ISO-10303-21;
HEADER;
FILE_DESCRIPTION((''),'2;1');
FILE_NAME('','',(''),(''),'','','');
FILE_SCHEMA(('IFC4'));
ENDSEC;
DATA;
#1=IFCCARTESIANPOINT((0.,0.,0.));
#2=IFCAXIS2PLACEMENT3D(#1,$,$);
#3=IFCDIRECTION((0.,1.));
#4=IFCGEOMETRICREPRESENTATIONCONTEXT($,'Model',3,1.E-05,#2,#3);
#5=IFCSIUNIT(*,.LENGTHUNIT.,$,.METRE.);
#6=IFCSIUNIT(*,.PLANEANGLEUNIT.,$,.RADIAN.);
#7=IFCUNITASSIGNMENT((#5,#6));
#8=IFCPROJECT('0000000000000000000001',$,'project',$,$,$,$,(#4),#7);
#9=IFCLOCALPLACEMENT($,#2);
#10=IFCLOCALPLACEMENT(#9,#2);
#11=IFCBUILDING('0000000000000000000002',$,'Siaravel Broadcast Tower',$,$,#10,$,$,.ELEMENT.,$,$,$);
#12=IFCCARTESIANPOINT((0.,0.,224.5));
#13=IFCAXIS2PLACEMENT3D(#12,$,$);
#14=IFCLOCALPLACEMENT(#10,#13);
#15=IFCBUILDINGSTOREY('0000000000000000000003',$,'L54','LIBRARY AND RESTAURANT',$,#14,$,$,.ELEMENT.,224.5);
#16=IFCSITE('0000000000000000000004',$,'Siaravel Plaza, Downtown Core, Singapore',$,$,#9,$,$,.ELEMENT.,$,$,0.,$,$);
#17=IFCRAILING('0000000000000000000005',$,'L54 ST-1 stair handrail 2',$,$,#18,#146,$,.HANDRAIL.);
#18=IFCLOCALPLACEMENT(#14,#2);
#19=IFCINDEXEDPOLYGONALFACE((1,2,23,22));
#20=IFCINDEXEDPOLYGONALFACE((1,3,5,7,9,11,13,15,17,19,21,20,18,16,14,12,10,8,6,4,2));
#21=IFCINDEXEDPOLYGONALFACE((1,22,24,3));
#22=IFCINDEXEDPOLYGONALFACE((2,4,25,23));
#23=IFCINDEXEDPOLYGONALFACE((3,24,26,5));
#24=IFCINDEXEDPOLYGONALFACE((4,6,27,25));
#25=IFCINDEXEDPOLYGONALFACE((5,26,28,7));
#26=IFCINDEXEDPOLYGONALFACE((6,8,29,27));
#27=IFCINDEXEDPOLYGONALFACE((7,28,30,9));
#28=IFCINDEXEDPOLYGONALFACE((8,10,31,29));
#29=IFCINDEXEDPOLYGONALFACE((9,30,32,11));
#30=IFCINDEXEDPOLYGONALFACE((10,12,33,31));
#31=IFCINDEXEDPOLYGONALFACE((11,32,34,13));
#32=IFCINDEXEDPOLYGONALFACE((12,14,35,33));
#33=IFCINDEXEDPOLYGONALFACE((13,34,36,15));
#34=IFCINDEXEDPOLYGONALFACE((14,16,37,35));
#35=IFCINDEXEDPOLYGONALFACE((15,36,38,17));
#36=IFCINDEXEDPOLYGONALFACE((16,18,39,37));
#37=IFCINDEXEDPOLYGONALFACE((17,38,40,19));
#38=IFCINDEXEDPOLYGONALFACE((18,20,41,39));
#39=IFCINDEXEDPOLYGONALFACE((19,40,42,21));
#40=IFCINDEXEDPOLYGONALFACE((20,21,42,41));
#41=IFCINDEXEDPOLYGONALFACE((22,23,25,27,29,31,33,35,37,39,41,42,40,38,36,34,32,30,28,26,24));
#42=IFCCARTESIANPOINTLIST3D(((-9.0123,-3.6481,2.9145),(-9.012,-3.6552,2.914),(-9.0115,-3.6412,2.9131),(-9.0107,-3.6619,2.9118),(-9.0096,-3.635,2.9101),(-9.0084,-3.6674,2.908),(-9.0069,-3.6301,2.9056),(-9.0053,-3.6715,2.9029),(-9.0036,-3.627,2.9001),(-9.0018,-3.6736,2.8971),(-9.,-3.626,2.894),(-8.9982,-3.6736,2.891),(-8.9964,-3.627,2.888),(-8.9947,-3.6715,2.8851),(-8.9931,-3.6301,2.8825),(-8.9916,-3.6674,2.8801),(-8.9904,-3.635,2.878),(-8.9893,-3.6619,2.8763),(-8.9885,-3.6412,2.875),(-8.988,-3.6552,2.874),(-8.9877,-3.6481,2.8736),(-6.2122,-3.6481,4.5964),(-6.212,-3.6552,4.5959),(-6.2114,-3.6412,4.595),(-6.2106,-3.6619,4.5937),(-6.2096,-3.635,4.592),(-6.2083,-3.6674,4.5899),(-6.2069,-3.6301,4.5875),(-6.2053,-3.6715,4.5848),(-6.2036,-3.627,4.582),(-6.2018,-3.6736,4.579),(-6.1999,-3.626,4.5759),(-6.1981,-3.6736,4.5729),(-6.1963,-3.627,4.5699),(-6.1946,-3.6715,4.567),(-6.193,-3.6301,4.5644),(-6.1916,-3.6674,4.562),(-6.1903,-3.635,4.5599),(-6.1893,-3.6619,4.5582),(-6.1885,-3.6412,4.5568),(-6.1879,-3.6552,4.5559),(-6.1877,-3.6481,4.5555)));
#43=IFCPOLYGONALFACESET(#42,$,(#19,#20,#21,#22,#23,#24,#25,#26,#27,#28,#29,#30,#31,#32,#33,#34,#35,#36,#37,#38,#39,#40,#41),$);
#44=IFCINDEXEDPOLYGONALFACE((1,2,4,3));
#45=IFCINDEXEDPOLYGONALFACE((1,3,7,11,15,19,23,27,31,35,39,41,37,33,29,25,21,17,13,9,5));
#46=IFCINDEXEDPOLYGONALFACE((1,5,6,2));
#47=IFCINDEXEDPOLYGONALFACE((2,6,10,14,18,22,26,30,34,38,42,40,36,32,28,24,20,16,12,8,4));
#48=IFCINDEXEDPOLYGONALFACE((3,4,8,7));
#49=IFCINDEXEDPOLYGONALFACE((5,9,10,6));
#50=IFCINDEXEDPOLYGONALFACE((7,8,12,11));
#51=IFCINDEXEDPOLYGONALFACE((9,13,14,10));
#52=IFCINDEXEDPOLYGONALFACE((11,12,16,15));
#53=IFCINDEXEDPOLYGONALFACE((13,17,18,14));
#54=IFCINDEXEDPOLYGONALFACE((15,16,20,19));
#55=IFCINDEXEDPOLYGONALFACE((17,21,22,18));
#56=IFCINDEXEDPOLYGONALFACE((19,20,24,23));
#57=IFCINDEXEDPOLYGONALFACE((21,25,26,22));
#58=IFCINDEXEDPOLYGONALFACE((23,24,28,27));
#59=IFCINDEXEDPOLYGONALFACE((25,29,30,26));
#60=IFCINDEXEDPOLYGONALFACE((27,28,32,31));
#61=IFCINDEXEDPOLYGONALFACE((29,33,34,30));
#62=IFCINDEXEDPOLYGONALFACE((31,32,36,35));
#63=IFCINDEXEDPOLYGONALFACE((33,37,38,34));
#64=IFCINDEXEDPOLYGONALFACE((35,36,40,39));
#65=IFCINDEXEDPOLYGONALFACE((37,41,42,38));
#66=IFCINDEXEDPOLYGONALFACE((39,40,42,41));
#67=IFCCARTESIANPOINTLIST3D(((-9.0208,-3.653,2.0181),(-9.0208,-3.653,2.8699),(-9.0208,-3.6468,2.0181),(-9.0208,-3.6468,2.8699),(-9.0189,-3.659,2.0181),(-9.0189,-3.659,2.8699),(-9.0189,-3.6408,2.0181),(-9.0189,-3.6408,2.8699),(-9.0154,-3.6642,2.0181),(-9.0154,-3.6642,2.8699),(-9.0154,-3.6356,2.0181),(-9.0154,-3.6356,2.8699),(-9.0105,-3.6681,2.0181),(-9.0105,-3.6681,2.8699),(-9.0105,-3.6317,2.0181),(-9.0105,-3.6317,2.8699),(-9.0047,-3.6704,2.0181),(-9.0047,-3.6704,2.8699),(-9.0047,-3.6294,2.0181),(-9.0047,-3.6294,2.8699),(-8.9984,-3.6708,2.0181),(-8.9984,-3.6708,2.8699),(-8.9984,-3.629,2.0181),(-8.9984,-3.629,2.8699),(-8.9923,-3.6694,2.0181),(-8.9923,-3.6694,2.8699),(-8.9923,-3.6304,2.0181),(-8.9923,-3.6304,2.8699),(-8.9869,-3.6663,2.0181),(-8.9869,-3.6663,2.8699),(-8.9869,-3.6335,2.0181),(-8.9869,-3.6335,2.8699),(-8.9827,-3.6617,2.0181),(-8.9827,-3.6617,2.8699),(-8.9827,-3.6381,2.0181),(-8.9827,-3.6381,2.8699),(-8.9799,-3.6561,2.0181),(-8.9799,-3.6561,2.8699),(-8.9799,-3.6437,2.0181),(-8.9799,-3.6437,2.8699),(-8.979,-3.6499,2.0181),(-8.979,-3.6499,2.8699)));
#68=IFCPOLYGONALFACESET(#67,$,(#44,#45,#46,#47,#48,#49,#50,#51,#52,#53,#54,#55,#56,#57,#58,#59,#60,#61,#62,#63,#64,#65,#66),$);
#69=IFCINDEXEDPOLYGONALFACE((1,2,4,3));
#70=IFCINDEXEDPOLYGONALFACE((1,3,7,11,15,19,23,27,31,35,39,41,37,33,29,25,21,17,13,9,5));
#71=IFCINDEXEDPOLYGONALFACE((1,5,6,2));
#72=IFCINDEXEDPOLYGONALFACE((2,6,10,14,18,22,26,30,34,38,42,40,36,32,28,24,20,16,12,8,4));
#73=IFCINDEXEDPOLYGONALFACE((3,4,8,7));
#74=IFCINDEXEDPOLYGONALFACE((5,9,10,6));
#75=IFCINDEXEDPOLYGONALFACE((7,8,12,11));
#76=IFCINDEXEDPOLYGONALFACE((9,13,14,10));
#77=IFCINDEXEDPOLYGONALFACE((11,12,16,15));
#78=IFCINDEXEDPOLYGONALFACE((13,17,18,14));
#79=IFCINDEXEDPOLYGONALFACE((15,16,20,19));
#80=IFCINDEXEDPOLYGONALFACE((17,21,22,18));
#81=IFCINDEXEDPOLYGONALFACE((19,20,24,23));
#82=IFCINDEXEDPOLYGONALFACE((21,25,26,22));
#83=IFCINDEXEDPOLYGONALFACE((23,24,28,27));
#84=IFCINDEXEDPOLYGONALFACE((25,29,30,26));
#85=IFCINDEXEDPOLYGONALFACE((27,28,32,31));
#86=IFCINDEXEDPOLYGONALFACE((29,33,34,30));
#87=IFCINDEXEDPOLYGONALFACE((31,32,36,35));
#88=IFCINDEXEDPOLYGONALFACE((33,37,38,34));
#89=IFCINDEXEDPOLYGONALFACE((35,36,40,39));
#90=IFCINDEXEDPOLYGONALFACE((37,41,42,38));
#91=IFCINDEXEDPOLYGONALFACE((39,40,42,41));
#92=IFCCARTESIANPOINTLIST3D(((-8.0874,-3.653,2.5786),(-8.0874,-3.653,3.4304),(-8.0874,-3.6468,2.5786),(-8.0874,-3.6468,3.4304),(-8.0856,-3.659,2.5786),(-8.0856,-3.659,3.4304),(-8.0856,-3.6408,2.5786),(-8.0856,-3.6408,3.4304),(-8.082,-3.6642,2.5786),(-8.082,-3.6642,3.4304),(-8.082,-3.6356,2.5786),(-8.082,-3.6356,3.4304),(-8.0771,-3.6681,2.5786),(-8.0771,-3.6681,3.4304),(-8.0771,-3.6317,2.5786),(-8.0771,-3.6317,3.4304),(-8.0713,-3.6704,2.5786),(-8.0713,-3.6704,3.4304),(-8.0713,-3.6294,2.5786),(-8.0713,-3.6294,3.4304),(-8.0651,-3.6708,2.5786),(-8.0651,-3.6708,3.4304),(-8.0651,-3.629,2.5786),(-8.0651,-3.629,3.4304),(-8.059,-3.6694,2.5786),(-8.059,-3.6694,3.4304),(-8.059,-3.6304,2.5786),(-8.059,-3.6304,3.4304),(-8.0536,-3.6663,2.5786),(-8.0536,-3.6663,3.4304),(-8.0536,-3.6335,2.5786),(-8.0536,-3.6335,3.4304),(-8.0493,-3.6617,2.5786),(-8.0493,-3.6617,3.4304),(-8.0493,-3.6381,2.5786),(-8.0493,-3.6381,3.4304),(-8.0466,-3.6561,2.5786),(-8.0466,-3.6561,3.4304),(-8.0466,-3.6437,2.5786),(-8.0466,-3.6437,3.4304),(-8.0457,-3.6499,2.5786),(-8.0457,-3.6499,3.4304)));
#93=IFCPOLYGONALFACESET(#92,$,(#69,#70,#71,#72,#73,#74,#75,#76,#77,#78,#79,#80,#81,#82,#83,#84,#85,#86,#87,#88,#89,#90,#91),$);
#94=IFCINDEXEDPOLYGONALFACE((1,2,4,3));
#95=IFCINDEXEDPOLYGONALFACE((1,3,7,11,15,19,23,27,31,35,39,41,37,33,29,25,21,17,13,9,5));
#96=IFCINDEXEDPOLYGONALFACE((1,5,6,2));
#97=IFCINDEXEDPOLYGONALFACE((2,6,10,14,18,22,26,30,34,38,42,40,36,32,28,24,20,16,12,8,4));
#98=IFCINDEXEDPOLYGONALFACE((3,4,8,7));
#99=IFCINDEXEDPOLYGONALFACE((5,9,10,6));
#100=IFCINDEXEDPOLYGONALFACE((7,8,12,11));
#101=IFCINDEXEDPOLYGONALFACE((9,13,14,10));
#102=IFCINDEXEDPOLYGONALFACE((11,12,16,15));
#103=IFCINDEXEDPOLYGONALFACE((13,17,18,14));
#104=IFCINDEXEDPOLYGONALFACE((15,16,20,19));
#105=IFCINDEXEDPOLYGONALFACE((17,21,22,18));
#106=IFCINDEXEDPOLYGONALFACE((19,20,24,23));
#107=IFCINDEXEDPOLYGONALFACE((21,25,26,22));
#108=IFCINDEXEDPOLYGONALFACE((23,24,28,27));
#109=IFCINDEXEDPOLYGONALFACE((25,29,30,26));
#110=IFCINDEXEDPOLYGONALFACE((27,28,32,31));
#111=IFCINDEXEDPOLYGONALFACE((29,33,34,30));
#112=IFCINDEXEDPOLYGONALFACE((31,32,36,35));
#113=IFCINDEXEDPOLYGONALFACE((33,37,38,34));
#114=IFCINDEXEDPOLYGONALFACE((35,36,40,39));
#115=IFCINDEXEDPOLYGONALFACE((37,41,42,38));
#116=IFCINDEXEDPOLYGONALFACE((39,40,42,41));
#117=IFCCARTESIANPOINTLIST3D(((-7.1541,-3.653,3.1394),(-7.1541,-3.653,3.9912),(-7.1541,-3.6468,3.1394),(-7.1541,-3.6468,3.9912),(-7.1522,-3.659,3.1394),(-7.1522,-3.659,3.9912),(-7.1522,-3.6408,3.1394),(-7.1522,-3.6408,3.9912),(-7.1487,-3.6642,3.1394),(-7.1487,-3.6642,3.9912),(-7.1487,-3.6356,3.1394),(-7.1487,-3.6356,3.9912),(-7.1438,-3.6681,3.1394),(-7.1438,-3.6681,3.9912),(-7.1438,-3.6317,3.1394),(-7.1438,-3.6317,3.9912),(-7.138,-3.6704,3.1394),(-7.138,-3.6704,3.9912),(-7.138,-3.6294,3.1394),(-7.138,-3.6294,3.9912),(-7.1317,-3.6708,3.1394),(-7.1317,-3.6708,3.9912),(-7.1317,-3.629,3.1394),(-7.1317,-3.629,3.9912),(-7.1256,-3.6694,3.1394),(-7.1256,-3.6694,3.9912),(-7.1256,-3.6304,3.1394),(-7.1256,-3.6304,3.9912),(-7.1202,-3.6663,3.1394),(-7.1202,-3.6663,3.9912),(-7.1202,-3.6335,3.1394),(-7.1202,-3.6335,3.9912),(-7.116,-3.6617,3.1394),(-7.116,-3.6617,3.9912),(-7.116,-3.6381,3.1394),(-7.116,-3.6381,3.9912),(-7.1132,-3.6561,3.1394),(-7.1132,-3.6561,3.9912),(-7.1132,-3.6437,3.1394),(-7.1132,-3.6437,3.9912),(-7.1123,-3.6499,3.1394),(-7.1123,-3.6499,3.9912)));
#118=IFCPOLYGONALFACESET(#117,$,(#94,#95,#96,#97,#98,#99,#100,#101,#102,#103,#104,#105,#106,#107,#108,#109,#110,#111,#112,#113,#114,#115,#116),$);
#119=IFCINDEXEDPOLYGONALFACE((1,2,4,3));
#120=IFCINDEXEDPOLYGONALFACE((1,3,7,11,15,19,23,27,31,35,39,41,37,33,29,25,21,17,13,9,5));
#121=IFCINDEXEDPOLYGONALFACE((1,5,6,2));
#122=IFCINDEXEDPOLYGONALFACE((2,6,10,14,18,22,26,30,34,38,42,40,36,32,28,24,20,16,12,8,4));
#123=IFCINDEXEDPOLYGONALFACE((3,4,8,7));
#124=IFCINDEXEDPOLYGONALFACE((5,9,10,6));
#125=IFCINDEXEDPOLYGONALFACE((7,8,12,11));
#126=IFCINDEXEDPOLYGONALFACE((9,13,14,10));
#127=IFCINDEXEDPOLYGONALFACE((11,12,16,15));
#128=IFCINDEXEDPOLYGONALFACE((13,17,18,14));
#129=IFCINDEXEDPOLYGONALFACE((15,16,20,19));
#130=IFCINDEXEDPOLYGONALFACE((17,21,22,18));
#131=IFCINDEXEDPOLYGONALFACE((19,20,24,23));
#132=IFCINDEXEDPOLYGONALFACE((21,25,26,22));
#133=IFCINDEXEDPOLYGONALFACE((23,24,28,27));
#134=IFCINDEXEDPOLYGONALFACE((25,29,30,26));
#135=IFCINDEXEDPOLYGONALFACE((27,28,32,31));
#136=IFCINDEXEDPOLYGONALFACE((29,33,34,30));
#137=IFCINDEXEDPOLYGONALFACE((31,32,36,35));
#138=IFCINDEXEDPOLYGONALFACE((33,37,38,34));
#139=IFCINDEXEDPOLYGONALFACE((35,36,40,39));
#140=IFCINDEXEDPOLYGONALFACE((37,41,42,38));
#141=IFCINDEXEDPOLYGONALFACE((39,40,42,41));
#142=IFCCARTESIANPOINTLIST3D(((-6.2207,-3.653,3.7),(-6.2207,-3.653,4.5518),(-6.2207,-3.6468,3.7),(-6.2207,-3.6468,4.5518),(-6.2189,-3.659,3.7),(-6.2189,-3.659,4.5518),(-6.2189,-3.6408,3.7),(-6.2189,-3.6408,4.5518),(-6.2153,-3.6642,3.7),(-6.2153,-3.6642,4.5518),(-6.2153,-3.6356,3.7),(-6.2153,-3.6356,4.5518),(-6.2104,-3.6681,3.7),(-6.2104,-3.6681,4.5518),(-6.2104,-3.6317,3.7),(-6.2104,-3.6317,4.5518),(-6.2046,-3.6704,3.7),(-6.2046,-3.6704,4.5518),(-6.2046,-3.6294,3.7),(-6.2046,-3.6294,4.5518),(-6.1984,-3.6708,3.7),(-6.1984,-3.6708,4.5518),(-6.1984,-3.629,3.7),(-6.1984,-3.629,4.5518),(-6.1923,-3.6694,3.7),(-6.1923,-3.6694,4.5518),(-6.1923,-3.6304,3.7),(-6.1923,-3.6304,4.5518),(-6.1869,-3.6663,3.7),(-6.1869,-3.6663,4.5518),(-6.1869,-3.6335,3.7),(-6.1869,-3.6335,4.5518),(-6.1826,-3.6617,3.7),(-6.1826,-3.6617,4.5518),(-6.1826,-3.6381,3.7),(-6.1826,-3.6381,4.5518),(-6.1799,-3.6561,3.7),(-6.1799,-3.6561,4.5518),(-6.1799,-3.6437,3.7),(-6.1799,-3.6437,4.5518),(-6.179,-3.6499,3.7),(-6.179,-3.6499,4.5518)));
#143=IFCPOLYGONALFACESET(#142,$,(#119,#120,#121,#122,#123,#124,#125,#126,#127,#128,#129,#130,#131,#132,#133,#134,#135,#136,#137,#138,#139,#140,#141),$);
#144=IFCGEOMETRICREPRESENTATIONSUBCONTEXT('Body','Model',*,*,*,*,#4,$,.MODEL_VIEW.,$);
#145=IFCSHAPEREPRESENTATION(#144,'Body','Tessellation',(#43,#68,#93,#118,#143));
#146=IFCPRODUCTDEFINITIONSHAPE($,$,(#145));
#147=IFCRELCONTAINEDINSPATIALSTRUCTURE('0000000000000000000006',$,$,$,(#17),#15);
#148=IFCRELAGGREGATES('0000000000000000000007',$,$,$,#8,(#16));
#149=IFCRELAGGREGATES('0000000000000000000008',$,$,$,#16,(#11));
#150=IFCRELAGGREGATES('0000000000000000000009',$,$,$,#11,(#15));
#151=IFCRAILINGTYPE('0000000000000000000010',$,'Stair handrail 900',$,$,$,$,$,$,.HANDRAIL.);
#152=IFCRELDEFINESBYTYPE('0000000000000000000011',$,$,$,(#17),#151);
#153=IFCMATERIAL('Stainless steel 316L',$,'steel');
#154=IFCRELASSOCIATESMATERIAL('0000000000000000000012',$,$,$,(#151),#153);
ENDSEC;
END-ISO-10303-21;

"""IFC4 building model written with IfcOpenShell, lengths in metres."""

from ifc_helpers import new_model, si_unit, direction, frame, origin, origin_2d, place, context, subcontext, project, spatial, circle, extrude, material, type_object, element, save


model = new_model("IFC4")

# Units and contexts
model_context = context("Model", 3, precision=1e-05, world=origin(), true_north=direction((0.0, 1.0)))
body_context = subcontext(model_context, "Body", "Model", "MODEL_VIEW")
ifc_project = project(units=[si_unit("LENGTHUNIT", "METRE"), si_unit("PLANEANGLEUNIT", "RADIAN")], contexts=[model_context])

# Site, building, storey
site_placement = place(None, origin())
site = spatial("IfcSite", under=ifc_project, at=site_placement, Name="Siaravel Plaza, Downtown Core, Singapore", CompositionType="ELEMENT", RefElevation=0.0)
building_placement = place(site_placement, origin())
building = spatial("IfcBuilding", under=site, at=building_placement, Name="Siaravel Broadcast Tower", CompositionType="ELEMENT")
storey_placement = place(building_placement, frame((0.0, 0.0, 224.5)))
storey = spatial("IfcBuildingStorey", under=building, at=storey_placement, Name="L54", Description="LIBRARY AND RESTAURANT", CompositionType="ELEMENT", Elevation=224.5)

# Shared definitions
ifc_material_1 = material(Name="Stainless steel 316L", Category="steel")

# Railing
railing_type_1 = type_object("IfcRailingType", Name="Stair handrail 900", PredefinedType="HANDRAIL", material=ifc_material_1)
railing_1_placement = place(storey_placement, frame((-9.0, -3.6499, 2.0181)))
element("IfcRailing", 1, at=railing_1_placement, inside=storey, type_object=railing_type_1, Name="L54 ST-1 stair handrail 2", PredefinedType="HANDRAIL", context=body_context, shape_type="SweptSolid", body=[
    extrude(circle(Radius=0.0239, at=origin_2d()), frame((0.0, 0.0, 0.876), z_axis=(0.857242, 0.0, 0.514913), x_axis=(0.0, 1.0, 0.0)), (0.0, 0.0, 1.0), 3.2664),
    extrude(circle(Radius=0.021, at=origin_2d()), origin(), (0.0, 0.0, 1.0), 0.8518),
    extrude(circle(Radius=0.021, at=origin_2d()), frame((0.9333, 0.0, 0.5605)), (0.0, 0.0, 1.0), 0.8518),
    extrude(circle(Radius=0.021, at=origin_2d()), frame((1.8667, 0.0, 1.1213)), (0.0, 0.0, 1.0), 0.8518),
    extrude(circle(Radius=0.021, at=origin_2d()), frame((2.8, 0.0, 1.6819)), (0.0, 0.0, 1.0), 0.8518),
])

save(model, "model.ifc")
